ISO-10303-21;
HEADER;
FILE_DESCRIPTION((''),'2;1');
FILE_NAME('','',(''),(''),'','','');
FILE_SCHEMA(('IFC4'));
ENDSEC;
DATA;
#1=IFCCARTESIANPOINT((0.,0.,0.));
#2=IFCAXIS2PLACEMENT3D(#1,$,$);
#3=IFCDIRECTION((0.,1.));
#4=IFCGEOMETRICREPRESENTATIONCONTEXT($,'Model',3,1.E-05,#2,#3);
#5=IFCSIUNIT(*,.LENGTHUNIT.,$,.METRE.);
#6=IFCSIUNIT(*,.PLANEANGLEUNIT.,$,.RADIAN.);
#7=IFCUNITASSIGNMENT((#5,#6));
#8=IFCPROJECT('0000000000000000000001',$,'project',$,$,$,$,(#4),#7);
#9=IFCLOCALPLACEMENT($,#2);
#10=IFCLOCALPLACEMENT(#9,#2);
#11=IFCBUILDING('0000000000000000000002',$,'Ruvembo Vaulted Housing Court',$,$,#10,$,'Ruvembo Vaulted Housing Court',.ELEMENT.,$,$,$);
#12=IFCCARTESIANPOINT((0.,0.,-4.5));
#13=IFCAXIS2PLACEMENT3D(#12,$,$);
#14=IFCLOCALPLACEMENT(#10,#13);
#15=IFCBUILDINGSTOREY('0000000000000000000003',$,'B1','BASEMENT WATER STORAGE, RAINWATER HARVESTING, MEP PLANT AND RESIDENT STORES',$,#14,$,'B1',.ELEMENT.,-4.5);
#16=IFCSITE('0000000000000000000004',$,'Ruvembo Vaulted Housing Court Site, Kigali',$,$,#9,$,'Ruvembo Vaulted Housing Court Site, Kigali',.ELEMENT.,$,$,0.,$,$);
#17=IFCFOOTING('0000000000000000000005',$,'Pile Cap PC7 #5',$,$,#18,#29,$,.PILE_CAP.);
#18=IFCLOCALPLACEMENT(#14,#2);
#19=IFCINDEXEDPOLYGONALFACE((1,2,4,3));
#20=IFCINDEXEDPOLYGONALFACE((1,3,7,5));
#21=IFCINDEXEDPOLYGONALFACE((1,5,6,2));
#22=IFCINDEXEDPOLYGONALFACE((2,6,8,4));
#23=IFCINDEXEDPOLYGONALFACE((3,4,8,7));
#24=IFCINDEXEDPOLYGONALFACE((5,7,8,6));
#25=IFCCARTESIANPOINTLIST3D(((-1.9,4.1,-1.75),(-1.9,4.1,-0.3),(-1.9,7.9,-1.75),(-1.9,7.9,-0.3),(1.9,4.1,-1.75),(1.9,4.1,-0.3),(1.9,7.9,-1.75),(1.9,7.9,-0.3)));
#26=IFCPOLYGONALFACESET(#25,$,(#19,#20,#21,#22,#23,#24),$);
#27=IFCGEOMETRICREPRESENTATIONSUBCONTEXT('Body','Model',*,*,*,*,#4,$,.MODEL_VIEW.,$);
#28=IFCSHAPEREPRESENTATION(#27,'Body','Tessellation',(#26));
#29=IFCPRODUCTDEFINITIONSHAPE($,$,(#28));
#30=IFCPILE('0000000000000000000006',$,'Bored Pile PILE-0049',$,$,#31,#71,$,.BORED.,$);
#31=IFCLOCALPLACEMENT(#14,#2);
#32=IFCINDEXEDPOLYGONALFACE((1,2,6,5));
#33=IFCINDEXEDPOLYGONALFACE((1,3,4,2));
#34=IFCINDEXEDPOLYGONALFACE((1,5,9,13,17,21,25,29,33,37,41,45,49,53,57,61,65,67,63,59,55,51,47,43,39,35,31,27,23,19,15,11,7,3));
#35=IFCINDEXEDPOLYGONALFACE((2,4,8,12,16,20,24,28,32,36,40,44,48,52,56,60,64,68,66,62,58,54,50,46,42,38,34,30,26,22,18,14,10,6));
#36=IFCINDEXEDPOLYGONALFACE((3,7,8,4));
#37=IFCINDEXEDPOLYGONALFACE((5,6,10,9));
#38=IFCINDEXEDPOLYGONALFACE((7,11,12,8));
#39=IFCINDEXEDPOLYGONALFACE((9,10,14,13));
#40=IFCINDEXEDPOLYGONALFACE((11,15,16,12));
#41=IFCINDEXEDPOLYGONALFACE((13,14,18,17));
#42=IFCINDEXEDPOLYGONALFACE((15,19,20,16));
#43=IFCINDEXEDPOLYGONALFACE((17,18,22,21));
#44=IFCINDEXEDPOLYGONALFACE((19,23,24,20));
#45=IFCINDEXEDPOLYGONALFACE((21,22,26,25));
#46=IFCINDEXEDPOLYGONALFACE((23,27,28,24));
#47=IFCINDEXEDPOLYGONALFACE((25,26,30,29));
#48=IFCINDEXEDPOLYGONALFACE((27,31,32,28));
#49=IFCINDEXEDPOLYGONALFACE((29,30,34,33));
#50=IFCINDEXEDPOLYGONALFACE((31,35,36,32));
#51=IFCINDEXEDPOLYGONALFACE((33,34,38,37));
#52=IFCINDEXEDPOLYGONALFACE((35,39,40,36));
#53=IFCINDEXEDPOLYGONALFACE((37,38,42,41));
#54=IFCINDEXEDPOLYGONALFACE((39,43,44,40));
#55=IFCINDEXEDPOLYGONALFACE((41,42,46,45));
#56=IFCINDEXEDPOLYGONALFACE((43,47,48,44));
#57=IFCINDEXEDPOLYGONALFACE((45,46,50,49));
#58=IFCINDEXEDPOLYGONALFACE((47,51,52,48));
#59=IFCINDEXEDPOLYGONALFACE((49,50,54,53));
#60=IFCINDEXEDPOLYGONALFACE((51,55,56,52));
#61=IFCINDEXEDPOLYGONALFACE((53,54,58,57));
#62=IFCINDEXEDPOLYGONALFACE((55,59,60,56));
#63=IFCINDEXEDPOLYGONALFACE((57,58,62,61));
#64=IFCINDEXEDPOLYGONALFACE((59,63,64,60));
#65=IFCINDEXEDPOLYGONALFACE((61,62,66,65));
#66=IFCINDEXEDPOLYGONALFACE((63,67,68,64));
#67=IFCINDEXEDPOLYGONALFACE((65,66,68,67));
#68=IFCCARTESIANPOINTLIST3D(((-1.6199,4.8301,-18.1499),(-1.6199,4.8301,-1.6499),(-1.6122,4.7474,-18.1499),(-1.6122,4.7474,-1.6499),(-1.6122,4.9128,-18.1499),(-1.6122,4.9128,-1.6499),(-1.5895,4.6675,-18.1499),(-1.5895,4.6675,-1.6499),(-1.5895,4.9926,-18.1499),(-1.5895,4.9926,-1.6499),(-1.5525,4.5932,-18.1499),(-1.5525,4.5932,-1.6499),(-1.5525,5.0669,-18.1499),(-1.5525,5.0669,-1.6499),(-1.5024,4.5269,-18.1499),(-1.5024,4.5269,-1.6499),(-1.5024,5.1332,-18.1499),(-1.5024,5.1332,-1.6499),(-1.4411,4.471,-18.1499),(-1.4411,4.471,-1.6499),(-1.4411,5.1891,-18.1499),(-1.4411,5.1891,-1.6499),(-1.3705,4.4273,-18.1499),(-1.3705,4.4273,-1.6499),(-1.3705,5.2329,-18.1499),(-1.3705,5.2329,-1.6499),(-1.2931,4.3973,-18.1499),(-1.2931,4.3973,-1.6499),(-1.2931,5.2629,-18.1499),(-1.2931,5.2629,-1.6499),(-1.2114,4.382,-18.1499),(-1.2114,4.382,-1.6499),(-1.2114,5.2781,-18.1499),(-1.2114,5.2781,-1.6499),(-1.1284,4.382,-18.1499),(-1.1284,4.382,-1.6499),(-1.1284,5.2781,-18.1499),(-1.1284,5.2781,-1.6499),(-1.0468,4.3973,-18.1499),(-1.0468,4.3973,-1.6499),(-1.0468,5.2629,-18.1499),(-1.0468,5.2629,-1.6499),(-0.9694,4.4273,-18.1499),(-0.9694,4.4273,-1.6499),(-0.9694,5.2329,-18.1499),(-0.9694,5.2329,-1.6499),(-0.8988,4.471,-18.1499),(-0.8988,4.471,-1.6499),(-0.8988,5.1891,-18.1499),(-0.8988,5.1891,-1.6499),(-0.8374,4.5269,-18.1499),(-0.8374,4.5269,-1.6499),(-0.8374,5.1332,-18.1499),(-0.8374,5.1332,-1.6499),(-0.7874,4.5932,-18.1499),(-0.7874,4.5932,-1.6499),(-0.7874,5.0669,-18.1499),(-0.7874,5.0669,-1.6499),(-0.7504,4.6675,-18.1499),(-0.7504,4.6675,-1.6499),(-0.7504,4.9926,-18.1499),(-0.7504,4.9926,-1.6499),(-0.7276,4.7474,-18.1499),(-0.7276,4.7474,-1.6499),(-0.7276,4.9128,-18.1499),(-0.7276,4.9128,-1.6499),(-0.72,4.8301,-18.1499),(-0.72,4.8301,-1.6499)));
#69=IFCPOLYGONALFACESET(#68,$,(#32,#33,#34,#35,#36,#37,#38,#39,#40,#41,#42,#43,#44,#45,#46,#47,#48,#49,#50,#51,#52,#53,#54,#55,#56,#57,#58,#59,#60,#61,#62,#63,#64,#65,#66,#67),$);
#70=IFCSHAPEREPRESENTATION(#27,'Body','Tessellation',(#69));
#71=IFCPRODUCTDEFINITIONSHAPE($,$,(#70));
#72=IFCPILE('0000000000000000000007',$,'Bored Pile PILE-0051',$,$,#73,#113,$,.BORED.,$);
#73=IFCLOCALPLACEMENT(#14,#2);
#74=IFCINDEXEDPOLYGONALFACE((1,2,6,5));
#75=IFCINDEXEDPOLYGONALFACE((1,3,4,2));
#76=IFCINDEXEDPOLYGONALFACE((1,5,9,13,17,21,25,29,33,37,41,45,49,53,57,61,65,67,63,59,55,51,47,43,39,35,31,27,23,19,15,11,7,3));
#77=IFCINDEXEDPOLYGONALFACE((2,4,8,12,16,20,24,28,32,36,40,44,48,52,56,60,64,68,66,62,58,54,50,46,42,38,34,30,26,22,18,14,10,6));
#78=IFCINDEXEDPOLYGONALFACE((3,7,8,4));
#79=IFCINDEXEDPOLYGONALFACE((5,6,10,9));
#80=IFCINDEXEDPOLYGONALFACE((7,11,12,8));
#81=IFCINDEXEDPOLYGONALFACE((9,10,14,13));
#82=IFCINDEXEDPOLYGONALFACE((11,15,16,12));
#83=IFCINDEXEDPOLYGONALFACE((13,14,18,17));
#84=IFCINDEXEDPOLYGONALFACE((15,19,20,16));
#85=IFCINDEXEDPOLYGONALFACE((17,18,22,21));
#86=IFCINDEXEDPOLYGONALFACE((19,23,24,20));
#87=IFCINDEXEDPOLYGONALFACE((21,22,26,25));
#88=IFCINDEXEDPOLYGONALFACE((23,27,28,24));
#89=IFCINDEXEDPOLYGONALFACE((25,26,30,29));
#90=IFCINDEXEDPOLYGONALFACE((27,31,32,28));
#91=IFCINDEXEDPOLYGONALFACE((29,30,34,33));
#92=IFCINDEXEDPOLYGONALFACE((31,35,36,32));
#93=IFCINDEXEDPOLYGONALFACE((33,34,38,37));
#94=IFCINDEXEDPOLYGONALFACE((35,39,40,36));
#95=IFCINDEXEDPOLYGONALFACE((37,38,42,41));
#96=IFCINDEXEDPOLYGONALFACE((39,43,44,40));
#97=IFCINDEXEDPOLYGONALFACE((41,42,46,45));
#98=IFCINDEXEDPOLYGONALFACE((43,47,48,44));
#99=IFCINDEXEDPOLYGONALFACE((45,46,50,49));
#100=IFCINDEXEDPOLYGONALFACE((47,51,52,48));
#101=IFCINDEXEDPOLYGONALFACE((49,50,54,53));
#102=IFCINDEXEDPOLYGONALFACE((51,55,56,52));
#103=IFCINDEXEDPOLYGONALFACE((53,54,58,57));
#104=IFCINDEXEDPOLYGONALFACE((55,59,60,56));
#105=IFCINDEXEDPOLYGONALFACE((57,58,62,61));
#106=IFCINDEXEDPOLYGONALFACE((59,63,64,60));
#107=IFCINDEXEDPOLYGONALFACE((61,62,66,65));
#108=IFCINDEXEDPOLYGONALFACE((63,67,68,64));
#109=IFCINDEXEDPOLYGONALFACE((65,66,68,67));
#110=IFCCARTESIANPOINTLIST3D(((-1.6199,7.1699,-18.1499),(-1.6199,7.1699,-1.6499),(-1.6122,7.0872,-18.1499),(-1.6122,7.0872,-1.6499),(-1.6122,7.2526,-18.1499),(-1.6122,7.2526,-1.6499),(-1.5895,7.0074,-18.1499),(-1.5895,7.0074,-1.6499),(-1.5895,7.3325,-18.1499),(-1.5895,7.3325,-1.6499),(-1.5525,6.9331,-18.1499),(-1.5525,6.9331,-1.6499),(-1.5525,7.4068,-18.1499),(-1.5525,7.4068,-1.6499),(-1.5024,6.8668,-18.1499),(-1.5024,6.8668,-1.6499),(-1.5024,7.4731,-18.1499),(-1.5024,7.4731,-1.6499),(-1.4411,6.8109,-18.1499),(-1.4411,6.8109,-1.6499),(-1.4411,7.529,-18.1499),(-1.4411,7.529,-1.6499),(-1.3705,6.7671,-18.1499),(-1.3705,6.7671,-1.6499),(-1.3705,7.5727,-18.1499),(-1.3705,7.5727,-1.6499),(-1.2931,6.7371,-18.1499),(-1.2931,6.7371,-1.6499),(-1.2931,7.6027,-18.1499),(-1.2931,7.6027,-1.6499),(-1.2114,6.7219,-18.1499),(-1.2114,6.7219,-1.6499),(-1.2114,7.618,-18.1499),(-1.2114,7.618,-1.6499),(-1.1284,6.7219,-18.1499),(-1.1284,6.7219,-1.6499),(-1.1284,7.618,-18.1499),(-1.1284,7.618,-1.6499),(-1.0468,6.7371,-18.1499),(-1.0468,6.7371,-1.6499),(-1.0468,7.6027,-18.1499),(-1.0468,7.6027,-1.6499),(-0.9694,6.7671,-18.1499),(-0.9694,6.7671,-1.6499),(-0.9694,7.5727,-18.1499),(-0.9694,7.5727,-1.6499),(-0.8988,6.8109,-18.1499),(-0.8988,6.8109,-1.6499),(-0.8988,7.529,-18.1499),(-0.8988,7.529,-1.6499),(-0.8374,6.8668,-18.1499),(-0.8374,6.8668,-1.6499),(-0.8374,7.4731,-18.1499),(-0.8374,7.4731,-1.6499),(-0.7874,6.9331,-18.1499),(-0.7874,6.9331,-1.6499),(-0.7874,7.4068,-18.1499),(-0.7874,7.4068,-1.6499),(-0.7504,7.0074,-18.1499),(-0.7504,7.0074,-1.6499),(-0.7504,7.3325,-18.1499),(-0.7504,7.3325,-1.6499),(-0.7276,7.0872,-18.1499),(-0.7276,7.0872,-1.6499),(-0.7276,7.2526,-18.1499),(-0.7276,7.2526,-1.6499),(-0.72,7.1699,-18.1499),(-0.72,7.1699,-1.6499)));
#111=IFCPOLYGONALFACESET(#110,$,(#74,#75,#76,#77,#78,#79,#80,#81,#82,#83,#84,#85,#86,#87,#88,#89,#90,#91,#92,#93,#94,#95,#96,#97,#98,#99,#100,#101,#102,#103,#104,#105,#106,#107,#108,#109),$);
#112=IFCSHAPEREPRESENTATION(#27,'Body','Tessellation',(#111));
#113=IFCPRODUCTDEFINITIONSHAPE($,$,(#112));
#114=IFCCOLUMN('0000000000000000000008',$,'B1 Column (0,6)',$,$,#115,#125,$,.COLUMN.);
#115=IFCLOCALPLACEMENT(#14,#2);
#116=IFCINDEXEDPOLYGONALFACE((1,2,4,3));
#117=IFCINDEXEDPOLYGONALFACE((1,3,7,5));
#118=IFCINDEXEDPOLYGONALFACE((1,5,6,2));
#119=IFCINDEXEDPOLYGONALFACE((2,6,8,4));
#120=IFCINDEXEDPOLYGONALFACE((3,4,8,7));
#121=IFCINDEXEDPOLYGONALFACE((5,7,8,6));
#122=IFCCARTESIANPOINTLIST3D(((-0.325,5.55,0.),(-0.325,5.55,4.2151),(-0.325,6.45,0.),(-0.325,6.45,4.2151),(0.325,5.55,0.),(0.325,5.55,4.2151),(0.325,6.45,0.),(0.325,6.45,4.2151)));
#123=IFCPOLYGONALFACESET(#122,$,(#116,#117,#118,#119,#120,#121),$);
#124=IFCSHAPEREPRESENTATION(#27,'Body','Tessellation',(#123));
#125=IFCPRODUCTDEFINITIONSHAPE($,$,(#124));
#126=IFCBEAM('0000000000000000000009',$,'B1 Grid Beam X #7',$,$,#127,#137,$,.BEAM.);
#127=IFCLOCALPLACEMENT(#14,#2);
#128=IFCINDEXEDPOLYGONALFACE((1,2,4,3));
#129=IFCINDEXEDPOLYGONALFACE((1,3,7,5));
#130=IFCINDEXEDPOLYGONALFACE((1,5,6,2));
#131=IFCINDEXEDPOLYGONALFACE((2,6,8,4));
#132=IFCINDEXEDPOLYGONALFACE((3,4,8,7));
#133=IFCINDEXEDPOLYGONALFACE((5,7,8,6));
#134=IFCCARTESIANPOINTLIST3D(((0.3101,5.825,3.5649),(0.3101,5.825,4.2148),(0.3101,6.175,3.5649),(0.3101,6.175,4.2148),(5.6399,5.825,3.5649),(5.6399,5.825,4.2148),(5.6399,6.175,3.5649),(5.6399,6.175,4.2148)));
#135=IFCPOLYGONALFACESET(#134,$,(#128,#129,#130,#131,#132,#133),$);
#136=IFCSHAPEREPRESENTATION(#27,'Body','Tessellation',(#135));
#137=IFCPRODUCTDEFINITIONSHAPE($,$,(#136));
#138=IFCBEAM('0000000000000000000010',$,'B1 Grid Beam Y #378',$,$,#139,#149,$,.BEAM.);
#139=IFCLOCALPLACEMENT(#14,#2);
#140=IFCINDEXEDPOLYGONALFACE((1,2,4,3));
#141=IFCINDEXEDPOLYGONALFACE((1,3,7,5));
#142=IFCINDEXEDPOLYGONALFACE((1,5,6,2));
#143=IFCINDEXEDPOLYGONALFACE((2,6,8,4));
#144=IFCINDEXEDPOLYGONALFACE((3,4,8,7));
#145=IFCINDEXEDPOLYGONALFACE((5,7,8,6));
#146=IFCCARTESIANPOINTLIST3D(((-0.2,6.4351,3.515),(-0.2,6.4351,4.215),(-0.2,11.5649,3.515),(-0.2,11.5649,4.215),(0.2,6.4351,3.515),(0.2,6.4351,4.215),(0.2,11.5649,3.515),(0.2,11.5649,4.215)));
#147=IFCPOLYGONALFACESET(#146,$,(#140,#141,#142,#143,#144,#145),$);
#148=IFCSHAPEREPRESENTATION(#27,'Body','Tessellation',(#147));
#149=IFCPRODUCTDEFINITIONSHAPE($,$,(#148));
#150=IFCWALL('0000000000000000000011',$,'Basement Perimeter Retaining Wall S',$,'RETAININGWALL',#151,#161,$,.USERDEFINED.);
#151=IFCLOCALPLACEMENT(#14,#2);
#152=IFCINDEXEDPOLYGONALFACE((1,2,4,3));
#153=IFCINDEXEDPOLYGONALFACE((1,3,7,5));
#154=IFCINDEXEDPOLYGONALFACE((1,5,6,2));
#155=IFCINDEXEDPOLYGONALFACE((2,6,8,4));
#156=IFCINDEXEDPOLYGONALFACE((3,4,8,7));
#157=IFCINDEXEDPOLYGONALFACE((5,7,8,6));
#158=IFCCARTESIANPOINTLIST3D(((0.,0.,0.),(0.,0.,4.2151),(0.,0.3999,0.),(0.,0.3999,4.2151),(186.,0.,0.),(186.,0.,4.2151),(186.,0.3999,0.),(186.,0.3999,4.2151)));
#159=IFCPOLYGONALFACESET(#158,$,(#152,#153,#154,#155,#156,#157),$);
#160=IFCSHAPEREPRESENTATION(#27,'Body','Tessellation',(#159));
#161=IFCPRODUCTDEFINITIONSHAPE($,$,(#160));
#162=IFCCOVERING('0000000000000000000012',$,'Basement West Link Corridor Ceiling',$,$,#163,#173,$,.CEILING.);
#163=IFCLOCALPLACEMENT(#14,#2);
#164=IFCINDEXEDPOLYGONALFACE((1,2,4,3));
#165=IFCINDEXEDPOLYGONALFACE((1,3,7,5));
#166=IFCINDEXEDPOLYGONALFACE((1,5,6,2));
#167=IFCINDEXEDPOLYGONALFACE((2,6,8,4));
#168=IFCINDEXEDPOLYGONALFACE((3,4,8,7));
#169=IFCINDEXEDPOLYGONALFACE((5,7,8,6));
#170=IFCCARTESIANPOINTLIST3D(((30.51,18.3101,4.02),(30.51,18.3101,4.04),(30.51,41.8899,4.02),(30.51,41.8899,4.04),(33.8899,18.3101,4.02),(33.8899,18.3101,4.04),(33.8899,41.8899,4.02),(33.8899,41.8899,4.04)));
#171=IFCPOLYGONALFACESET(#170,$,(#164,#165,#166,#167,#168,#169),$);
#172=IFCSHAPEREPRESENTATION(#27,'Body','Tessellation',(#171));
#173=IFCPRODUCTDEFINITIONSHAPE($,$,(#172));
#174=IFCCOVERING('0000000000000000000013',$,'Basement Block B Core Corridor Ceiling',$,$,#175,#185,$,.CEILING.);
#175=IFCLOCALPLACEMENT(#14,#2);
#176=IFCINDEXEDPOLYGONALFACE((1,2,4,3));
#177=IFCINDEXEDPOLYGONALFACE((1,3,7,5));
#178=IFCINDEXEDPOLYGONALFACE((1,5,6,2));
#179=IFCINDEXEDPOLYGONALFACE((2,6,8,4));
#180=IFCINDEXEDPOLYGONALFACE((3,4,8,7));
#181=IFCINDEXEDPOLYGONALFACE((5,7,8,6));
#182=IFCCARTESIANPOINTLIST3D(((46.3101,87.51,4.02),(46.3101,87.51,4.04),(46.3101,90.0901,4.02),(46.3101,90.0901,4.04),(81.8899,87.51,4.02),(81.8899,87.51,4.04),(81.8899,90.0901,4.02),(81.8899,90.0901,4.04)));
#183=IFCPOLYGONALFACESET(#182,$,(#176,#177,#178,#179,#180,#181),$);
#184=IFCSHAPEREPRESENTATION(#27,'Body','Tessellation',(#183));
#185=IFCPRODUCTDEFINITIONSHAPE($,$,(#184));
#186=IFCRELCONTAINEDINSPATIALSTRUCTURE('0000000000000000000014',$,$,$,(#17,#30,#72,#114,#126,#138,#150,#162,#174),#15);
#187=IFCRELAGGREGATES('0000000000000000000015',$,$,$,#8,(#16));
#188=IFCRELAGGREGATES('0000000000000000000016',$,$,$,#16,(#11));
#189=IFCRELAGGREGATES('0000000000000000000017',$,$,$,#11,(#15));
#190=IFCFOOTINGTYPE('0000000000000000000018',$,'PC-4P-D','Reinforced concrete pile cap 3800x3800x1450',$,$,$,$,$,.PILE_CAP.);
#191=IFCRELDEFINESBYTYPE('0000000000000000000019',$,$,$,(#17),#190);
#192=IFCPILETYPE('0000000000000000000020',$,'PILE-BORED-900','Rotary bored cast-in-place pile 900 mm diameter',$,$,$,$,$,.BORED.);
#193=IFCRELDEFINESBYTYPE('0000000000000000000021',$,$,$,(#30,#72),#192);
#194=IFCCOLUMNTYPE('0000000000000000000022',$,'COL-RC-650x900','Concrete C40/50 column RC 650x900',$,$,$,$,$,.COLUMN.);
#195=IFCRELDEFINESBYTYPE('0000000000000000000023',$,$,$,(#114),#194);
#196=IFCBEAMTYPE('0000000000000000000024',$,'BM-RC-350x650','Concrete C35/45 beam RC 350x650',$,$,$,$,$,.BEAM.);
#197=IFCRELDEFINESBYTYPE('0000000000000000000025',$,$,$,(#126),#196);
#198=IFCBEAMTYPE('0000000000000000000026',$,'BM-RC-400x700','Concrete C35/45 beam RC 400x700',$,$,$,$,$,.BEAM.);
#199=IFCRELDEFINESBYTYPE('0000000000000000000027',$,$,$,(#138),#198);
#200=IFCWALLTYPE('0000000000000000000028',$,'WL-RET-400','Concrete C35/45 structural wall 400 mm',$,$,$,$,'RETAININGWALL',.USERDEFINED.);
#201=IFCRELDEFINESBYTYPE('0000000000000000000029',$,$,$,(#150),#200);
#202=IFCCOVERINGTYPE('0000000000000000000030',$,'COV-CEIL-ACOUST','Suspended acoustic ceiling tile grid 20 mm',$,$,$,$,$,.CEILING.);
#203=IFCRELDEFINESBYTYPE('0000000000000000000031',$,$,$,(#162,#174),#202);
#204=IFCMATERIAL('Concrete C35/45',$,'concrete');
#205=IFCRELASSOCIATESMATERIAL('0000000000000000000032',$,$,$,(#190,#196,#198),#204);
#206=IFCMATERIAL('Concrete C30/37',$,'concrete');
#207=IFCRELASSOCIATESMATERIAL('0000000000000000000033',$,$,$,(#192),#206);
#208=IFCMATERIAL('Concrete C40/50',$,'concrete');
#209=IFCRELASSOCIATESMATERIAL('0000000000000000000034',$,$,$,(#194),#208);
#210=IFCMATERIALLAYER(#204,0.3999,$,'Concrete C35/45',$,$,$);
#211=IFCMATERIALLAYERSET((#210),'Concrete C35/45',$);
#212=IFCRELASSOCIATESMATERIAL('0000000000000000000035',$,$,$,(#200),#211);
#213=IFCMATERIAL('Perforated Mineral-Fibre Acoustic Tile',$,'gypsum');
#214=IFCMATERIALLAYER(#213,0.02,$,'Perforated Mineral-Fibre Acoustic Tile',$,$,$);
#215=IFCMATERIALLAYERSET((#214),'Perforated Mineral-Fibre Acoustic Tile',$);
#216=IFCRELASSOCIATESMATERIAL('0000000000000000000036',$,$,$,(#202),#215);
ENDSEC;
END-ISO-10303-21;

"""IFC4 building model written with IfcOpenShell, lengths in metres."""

from ifc_helpers import new_model, si_unit, direction, frame, frame_2d, origin, origin_2d, place, context, subcontext, project, spatial, polyline, rectangle, circle, outline, extrude, material, layer, layer_set, material_profile, profile_set, type_object, element, save


model = new_model("IFC4")

# Units and contexts
model_context = context("Model", 3, precision=1e-05, world=origin(), true_north=direction((0.0, 1.0)))
body_context = subcontext(model_context, "Body", "Model", "MODEL_VIEW")
ifc_project = project(units=[si_unit("LENGTHUNIT", "METRE"), si_unit("PLANEANGLEUNIT", "RADIAN")], contexts=[model_context])

# Site, building, storey
site_placement = place(None, origin())
site = spatial("IfcSite", under=ifc_project, at=site_placement, Name="Ruvembo Vaulted Housing Court Site, Kigali", LongName="Ruvembo Vaulted Housing Court Site, Kigali", CompositionType="ELEMENT", RefElevation=0.0)
building_placement = place(site_placement, origin())
building = spatial("IfcBuilding", under=site, at=building_placement, Name="Ruvembo Vaulted Housing Court", LongName="Ruvembo Vaulted Housing Court", CompositionType="ELEMENT")
storey_placement = place(building_placement, frame((0.0, 0.0, -4.5)))
storey = spatial("IfcBuildingStorey", under=building, at=storey_placement, Name="B1", Description="BASEMENT WATER STORAGE, RAINWATER HARVESTING, MEP PLANT AND RESIDENT STORES", LongName="B1", CompositionType="ELEMENT", Elevation=-4.5)

# Footing
ifc_material_1 = material(Name="Concrete C35/45", Category="concrete")
footing_type = type_object("IfcFootingType", Name="PC-4P-D", Description="Reinforced concrete pile cap 3800x3800x1450", PredefinedType="PILE_CAP", material=ifc_material_1)
footing_placement = place(storey_placement, frame((0.0, 6.0, -1.75), z_axis=(0.0, 0.0, 1.0), x_axis=(1.0, 0.0, 0.0)))
element("IfcFooting", 1, at=footing_placement, inside=storey, type_object=footing_type, Name="Pile Cap PC7 #5", PredefinedType="PILE_CAP", context=body_context, shape_type="SweptSolid", body=[
    extrude(rectangle(XDim=3.8, YDim=3.8, at=origin_2d()), origin(), (0.0, 0.0, 1.0), 1.45),
])

# Piles
ifc_material_2 = material(Name="Concrete C30/37", Category="concrete")
ifc_material_profile_1 = material_profile(ifc_material_2, circle(Radius=0.45, at=origin_2d()), Name="PILE D900")
ifc_profile_set_1 = profile_set([ifc_material_profile_1], Name="Concrete C30/37")
pile_type = type_object("IfcPileType", Name="PILE-BORED-900", Description="Rotary bored cast-in-place pile 900 mm diameter", PredefinedType="BORED", material=ifc_profile_set_1)
for number, where, z_axis, x_axis, name in (
    (2, (-1.1699, 4.8301, -1.6499), (0.0, 0.0, -1.0), (1.0, 0.0, 0.0), "Bored Pile PILE-0049"),
    (3, (-1.1699, 7.1699, -1.6499), (0.0, 0.0, -1.0), (1.0, 0.0, 0.0), "Bored Pile PILE-0051"),
):
    element("IfcPile", number, at=place(storey_placement, frame(where, z_axis=z_axis, x_axis=x_axis)), inside=storey, type_object=pile_type, Name=name, PredefinedType="BORED", context=body_context, shape_type="SweptSolid", body=[
        extrude(circle(Radius=0.45, at=origin_2d()), origin(), (0.0, 0.0, 1.0), 16.5),
    ])

# Column
ifc_material_3 = material(Name="Concrete C40/50", Category="concrete")
ifc_material_profile_2 = material_profile(ifc_material_3, rectangle(XDim=0.6499, YDim=0.8999, at=origin_2d()), Name="RC 650x900")
ifc_profile_set_2 = profile_set([ifc_material_profile_2], Name="Concrete C40/50")
column_type = type_object("IfcColumnType", Name="COL-RC-650x900", Description="Concrete C40/50 column RC 650x900", PredefinedType="COLUMN", material=ifc_profile_set_2)
column_placement = place(storey_placement, frame((0.0, 6.0, 0.0), z_axis=(0.0, 0.0, 1.0), x_axis=(1.0, 0.0, 0.0)))
element("IfcColumn", 4, at=column_placement, inside=storey, type_object=column_type, Name="B1 Column (0,6)", PredefinedType="COLUMN", context=body_context, shape_type="SweptSolid", body=[
    extrude(rectangle(XDim=0.6499, YDim=0.8999, at=origin_2d()), origin(), (0.0, 0.0, 1.0), 4.2151),
])

# Beams
ifc_material_profile_3 = material_profile(ifc_material_1, rectangle(XDim=0.3501, YDim=0.6499, at=origin_2d()), Name="RC 350x650")
ifc_profile_set_3 = profile_set([ifc_material_profile_3], Name="Concrete C35/45")
beam_type_1 = type_object("IfcBeamType", Name="BM-RC-350x650", Description="Concrete C35/45 beam RC 350x650", PredefinedType="BEAM", material=ifc_profile_set_3)
beam_1_placement = place(storey_placement, frame((0.3101, 6.0, 3.8899), z_axis=(1.0, 0.0, 0.0), x_axis=(0.0, 1.0, 0.0)))
element("IfcBeam", 5, at=beam_1_placement, inside=storey, type_object=beam_type_1, Name="B1 Grid Beam X #7", PredefinedType="BEAM", context=body_context, shape_type="SweptSolid", body=[
    extrude(rectangle(XDim=0.3501, YDim=0.6499, at=origin_2d()), origin(), (0.0, 0.0, 1.0), 5.3298),
])
ifc_material_profile_4 = material_profile(ifc_material_1, rectangle(XDim=0.3999, YDim=0.7, at=origin_2d()), Name="RC 400x700")
ifc_profile_set_4 = profile_set([ifc_material_profile_4], Name="Concrete C35/45")
beam_type_2 = type_object("IfcBeamType", Name="BM-RC-400x700", Description="Concrete C35/45 beam RC 400x700", PredefinedType="BEAM", material=ifc_profile_set_4)
beam_2_placement = place(storey_placement, frame((0.0, 6.4351, 3.865), z_axis=(0.0, 1.0, 0.0), x_axis=(-1.0, 0.0, 0.0)))
element("IfcBeam", 6, at=beam_2_placement, inside=storey, type_object=beam_type_2, Name="B1 Grid Beam Y #378", PredefinedType="BEAM", context=body_context, shape_type="SweptSolid", body=[
    extrude(rectangle(XDim=0.3999, YDim=0.7, at=origin_2d()), origin(), (0.0, 0.0, 1.0), 5.1299),
])

# Wall
ifc_layer_1 = layer(ifc_material_1, 0.3999, Name="Concrete C35/45")
ifc_layer_set_1 = layer_set([ifc_layer_1], Name="Concrete C35/45")
wall_type = type_object("IfcWallType", Name="WL-RET-400", Description="Concrete C35/45 structural wall 400 mm", ElementType="RETAININGWALL", PredefinedType="USERDEFINED", material=ifc_layer_set_1)
wall_placement = place(storey_placement, frame((0.0, 0.2, 0.0), z_axis=(0.0, 0.0, 1.0), x_axis=(1.0, 0.0, 0.0)))
element("IfcWall", 7, at=wall_placement, inside=storey, type_object=wall_type, Name="Basement Perimeter Retaining Wall S", ObjectType="RETAININGWALL", PredefinedType="USERDEFINED", context=body_context, shape_type="SweptSolid", body=[
    extrude(rectangle(XDim=186.0, YDim=0.3999, at=frame_2d((93.0, 0.0))), origin(), (0.0, 0.0, 1.0), 4.2151),
])

# Coverings
ifc_material_4 = material(Name="Perforated Mineral-Fibre Acoustic Tile", Category="gypsum")
ifc_layer_2 = layer(ifc_material_4, 0.02, Name="Perforated Mineral-Fibre Acoustic Tile")
ifc_layer_set_2 = layer_set([ifc_layer_2], Name="Perforated Mineral-Fibre Acoustic Tile")
covering_type_1 = type_object("IfcCoveringType", Name="COV-CEIL-ACOUST", Description="Suspended acoustic ceiling tile grid 20 mm", PredefinedType="CEILING", material=ifc_layer_set_2)
covering_1_placement = place(storey_placement, frame((0.0, 0.0, 4.02)))
element("IfcCovering", 8, at=covering_1_placement, inside=storey, type_object=covering_type_1, Name="Basement West Link Corridor Ceiling", PredefinedType="CEILING", context=body_context, shape_type="SweptSolid", body=[
    extrude(outline(polyline([(30.51, 18.3101), (33.8899, 18.3101), (33.8899, 41.8899), (30.51, 41.8899), (30.51, 18.3101)])), origin(), (0.0, 0.0, 1.0), 0.02),
])
covering_2_placement = place(storey_placement, frame((0.0, 0.0, 4.02)))
element("IfcCovering", 9, at=covering_2_placement, inside=storey, type_object=covering_type_1, Name="Basement Block B Core Corridor Ceiling", PredefinedType="CEILING", context=body_context, shape_type="SweptSolid", body=[
    extrude(outline(polyline([(46.3101, 87.51), (81.8899, 87.51), (81.8899, 90.0901), (46.3101, 90.0901), (46.3101, 87.51)])), origin(), (0.0, 0.0, 1.0), 0.02),
])

save(model, "model.ifc")
